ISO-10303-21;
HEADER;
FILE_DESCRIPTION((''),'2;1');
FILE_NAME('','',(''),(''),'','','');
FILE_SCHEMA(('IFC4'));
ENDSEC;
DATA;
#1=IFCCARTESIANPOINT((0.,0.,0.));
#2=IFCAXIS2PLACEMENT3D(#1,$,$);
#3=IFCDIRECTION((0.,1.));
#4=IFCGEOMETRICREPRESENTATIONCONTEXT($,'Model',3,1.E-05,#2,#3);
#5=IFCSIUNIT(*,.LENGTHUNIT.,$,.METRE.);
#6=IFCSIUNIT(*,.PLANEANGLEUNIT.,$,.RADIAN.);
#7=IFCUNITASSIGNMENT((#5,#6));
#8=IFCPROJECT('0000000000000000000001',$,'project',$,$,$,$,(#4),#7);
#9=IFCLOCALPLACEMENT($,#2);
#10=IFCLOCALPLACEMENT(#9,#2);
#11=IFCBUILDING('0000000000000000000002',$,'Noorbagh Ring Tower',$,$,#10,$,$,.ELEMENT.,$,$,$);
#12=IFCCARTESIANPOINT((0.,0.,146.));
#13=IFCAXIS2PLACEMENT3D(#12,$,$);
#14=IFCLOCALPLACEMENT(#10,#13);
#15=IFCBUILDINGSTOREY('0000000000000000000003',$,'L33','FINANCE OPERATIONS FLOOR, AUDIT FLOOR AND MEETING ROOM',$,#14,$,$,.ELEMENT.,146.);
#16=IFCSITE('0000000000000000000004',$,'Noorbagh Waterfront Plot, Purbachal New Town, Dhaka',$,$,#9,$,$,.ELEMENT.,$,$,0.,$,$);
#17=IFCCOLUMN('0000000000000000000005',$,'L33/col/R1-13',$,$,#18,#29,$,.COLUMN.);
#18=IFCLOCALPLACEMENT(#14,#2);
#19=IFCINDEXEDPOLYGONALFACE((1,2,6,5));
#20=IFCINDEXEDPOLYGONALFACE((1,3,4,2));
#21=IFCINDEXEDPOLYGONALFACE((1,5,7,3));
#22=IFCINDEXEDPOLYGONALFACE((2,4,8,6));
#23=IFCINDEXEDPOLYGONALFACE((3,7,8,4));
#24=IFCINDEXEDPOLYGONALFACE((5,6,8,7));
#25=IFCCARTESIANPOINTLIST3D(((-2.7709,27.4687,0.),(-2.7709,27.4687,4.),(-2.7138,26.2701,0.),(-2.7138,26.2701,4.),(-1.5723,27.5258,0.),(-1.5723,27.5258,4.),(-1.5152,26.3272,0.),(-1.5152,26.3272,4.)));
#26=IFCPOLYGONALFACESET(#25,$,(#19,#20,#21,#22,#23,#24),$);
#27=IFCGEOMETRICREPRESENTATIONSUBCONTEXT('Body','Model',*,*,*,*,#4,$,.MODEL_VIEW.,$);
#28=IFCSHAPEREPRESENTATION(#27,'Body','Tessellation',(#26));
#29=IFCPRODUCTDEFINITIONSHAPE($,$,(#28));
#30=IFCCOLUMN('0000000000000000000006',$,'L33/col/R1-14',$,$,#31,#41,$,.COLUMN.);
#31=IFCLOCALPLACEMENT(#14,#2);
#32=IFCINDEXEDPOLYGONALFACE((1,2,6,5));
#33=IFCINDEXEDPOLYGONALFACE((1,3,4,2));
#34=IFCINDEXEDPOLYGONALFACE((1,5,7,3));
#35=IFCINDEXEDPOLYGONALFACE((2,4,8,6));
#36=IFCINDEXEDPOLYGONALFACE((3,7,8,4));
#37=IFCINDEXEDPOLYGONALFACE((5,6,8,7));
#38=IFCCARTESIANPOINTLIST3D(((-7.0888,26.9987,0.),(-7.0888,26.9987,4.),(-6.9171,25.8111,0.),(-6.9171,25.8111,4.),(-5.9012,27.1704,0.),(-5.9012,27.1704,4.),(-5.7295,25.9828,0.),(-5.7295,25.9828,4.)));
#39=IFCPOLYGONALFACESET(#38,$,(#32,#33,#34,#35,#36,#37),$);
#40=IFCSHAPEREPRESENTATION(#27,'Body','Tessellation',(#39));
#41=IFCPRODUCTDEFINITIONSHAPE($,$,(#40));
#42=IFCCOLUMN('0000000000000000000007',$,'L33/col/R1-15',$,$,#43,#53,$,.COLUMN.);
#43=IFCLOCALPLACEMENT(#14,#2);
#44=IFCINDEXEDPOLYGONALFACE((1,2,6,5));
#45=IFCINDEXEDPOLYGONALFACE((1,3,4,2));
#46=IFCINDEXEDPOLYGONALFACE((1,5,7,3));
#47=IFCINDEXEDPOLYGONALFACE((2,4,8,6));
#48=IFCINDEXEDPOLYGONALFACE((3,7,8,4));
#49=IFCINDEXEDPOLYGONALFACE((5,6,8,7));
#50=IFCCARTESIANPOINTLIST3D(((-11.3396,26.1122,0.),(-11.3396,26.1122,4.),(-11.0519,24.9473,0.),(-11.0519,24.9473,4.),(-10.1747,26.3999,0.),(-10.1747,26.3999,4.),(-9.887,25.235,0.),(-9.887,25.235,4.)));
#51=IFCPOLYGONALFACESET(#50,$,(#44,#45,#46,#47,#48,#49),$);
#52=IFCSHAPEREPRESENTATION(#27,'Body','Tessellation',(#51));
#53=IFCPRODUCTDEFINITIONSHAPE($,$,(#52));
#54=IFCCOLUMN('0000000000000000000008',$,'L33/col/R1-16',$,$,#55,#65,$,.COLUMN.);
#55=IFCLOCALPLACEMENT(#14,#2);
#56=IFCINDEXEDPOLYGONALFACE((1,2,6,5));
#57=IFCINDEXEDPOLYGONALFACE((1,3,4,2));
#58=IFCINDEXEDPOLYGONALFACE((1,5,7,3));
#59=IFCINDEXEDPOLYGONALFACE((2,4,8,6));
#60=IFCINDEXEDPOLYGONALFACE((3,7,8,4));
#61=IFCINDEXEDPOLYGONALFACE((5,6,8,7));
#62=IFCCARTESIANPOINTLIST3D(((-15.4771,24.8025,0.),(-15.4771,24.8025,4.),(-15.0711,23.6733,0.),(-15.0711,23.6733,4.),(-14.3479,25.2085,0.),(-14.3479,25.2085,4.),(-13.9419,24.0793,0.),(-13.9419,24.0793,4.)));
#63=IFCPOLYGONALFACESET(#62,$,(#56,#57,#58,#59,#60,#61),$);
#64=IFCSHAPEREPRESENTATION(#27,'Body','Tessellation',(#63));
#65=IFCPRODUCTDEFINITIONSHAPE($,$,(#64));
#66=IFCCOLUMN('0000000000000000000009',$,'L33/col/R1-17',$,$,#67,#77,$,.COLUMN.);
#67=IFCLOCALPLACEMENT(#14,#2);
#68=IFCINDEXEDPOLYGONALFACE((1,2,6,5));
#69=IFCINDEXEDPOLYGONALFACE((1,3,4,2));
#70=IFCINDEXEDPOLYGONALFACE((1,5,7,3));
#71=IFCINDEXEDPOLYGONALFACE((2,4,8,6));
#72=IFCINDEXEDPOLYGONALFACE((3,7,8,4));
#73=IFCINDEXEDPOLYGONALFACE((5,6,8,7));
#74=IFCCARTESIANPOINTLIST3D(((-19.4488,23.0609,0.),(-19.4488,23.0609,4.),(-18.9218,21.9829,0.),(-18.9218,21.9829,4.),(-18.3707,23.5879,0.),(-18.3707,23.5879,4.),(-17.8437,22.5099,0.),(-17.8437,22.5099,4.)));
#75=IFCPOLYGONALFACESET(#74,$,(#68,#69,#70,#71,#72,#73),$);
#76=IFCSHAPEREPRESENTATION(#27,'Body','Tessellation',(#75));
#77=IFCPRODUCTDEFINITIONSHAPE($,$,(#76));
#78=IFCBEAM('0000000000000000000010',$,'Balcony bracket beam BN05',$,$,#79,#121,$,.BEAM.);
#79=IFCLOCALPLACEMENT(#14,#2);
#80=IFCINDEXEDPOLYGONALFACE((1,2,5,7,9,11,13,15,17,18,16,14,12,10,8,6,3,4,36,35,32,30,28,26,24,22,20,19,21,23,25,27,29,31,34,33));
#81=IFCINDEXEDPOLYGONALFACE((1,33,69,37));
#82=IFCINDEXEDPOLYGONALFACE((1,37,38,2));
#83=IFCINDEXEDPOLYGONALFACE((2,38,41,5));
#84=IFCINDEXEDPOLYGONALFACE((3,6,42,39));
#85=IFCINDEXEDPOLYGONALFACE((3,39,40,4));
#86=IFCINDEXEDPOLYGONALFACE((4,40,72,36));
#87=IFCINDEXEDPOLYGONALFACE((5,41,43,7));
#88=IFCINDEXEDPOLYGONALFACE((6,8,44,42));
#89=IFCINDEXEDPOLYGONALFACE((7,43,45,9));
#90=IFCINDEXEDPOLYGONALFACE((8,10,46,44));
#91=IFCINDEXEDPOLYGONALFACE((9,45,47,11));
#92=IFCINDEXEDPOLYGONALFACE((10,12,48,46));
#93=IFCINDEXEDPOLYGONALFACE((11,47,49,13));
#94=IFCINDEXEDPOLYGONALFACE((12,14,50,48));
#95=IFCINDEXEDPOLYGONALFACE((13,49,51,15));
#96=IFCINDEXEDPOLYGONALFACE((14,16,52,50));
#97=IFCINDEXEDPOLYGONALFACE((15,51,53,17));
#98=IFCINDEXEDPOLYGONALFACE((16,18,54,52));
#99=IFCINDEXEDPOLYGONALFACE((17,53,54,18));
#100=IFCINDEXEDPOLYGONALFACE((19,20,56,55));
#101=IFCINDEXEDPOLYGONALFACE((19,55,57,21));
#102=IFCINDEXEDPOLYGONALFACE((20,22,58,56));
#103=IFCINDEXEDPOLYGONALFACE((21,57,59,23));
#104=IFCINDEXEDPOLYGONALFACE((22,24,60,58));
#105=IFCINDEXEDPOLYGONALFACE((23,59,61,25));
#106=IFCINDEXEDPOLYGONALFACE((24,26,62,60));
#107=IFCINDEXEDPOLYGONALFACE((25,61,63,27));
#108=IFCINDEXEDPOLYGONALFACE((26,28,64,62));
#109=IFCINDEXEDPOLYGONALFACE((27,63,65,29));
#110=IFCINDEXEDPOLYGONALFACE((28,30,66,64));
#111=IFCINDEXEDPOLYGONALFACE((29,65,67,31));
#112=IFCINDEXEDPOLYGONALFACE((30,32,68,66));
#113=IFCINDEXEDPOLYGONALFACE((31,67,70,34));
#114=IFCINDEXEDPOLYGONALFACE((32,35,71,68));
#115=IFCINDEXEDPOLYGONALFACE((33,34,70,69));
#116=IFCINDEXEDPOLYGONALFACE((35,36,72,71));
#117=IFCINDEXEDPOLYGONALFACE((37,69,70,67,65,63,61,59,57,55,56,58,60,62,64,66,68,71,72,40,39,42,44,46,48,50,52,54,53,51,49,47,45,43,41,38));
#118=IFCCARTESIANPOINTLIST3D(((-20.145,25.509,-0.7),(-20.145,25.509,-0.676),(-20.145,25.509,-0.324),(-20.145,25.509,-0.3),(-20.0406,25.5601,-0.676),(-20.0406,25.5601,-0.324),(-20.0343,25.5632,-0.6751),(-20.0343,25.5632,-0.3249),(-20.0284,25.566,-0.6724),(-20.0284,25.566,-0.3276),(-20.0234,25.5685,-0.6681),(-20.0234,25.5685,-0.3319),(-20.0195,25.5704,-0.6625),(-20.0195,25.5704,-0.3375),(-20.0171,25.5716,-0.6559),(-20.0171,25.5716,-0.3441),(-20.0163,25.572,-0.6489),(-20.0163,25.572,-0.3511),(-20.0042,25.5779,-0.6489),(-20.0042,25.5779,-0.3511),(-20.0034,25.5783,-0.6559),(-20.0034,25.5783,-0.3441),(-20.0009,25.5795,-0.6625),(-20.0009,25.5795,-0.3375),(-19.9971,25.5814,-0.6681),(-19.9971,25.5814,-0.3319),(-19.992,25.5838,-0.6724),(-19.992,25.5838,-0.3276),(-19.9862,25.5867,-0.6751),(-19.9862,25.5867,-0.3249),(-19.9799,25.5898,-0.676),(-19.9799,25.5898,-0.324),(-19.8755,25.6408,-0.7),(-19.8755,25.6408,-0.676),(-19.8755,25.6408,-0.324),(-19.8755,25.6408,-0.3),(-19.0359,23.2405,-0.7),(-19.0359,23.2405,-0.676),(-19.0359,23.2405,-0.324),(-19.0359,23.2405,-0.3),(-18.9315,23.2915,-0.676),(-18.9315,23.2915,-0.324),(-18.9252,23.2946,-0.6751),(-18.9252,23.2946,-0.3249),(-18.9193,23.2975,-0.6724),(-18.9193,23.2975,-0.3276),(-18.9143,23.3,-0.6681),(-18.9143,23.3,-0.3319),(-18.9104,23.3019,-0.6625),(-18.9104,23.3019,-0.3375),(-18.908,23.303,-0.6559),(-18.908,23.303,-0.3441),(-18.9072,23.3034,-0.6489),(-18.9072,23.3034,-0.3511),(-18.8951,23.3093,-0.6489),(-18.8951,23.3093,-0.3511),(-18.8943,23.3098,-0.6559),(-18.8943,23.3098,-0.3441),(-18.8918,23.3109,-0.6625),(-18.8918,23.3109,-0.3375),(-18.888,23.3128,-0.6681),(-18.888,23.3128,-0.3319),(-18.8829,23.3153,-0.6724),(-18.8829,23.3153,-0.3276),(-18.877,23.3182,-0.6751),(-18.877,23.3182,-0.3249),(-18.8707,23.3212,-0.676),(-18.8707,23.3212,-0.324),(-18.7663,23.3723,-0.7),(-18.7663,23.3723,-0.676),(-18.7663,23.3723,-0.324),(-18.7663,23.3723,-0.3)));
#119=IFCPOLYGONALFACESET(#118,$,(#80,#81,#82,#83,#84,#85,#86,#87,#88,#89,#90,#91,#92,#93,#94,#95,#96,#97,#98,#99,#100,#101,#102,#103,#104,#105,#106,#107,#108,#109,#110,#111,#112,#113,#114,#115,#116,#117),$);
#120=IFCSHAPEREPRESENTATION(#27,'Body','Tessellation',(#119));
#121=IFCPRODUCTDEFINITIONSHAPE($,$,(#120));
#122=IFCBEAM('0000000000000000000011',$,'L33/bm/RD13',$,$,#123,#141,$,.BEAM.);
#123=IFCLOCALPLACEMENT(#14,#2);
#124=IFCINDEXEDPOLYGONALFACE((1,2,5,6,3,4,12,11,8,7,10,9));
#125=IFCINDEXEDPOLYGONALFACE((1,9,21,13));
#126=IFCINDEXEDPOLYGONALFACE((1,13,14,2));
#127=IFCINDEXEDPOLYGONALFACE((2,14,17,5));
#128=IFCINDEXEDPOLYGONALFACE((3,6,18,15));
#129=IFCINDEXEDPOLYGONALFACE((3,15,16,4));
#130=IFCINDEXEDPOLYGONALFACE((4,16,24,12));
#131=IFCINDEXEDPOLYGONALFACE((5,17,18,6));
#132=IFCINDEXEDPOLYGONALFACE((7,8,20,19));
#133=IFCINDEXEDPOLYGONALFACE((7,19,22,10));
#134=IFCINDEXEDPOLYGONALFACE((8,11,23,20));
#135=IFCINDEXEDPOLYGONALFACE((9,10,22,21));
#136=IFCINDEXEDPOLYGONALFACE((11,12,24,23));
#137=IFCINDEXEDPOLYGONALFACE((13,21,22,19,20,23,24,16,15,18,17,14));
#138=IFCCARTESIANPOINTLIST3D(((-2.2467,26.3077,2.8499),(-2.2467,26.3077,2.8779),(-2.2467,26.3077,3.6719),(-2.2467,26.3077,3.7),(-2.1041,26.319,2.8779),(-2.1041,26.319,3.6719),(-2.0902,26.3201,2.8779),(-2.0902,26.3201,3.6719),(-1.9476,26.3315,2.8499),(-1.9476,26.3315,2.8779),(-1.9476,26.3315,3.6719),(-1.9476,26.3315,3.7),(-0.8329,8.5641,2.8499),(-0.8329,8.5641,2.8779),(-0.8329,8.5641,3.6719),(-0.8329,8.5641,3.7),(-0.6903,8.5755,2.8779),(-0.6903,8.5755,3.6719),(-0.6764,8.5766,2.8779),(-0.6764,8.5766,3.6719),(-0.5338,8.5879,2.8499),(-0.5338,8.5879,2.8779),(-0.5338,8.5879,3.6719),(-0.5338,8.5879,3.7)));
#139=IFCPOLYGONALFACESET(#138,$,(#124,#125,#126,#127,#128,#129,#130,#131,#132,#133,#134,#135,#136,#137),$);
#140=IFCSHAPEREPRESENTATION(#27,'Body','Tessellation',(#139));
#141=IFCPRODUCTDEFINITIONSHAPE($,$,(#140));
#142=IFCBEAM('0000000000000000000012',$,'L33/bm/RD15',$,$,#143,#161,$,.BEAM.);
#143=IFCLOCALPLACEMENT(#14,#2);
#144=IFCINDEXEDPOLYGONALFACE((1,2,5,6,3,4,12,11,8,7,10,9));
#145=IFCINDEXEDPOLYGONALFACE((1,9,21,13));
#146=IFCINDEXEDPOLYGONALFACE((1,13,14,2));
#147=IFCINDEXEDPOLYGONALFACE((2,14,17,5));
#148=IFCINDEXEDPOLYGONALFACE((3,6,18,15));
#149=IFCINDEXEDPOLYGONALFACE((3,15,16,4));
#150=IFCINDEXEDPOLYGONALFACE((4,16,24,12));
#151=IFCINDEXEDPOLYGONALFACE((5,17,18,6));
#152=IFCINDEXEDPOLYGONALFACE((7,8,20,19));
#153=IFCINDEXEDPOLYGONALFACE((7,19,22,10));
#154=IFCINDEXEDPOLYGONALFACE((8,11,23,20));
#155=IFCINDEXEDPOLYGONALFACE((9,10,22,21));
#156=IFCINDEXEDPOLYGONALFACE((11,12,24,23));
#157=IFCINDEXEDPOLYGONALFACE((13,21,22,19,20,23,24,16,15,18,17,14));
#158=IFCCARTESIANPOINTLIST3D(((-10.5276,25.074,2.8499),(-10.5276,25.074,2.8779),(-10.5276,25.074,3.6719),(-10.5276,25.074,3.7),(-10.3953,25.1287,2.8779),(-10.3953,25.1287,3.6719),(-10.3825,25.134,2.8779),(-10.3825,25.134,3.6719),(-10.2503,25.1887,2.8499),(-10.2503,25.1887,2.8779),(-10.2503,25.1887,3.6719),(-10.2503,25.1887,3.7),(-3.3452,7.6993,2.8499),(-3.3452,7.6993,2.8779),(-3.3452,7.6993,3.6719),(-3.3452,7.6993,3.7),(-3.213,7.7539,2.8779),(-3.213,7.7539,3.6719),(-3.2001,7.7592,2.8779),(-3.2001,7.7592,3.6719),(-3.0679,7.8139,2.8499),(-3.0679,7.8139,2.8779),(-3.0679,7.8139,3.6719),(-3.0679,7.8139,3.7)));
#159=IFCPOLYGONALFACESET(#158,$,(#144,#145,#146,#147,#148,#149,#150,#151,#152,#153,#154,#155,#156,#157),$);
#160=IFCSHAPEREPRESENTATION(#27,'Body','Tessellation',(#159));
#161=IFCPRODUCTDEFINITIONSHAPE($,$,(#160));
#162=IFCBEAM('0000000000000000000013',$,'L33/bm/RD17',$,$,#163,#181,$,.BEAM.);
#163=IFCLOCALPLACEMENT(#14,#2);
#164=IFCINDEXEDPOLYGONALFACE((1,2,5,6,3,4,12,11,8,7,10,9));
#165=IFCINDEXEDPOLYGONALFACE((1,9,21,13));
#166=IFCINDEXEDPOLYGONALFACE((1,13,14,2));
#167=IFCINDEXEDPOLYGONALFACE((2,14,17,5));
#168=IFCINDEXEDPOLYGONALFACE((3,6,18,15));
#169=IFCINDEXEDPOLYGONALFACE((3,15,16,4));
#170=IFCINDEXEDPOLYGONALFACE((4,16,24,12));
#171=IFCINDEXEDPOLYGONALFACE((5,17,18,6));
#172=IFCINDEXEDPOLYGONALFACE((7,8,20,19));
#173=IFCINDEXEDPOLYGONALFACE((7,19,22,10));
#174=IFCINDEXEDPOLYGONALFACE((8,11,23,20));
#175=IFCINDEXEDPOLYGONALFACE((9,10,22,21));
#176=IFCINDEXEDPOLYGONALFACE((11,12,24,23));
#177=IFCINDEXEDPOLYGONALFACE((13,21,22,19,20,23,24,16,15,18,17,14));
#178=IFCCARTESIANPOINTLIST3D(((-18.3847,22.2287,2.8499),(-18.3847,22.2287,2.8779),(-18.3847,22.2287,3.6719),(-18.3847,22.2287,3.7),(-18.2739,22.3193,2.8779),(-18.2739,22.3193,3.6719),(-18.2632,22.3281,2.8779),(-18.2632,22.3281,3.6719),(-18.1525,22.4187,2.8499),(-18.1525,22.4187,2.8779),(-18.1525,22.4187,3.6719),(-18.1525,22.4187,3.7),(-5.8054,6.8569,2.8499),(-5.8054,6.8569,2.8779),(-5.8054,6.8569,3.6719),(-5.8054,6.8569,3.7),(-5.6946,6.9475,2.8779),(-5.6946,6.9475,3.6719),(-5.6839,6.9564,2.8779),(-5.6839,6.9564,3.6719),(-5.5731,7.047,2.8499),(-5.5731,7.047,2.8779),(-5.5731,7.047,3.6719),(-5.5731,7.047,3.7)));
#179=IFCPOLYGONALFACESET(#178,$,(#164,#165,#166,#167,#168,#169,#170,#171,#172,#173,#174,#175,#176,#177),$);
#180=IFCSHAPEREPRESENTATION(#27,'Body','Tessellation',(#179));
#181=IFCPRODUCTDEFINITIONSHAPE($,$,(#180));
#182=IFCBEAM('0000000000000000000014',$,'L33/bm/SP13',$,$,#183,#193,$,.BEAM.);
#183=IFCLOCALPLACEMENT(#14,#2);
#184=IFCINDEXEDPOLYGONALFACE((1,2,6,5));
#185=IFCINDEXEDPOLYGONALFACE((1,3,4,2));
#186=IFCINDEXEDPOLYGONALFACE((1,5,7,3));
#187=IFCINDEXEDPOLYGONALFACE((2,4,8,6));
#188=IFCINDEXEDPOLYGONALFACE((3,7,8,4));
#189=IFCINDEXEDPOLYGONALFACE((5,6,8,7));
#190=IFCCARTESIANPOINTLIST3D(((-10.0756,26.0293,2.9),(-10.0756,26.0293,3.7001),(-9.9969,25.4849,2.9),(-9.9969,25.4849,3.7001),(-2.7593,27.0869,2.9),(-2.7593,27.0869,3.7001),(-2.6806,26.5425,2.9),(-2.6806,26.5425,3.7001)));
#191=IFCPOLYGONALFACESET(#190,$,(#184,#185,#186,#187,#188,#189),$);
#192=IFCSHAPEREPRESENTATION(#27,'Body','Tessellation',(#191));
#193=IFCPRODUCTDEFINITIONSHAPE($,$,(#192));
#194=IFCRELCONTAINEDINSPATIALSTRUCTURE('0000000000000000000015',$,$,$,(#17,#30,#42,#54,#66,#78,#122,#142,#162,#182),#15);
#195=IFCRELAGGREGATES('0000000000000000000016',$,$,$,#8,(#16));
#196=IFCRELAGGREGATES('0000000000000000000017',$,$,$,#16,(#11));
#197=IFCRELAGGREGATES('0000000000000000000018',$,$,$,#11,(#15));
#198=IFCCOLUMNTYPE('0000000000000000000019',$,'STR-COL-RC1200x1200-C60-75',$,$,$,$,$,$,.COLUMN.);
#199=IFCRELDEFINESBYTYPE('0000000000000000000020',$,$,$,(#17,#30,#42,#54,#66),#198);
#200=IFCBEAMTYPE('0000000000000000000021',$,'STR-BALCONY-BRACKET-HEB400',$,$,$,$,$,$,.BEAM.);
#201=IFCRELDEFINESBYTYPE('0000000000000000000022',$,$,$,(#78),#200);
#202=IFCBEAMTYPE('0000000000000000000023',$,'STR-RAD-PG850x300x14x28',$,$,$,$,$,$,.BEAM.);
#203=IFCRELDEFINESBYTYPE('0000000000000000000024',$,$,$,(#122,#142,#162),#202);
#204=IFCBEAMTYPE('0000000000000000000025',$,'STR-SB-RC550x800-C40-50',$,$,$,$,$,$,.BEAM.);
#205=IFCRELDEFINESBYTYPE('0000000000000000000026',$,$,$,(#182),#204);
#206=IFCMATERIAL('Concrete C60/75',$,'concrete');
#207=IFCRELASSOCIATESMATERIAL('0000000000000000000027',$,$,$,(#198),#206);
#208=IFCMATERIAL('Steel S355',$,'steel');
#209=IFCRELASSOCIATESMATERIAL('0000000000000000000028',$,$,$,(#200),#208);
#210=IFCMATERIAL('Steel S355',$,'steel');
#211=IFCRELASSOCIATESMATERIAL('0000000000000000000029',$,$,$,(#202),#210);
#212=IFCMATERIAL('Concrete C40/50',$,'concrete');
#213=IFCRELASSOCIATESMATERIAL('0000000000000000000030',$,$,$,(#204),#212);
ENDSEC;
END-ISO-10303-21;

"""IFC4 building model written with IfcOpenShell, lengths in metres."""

from ifc_helpers import new_model, si_unit, direction, frame, origin, origin_2d, place, context, subcontext, project, spatial, rectangle, i_section, extrude, material, material_profile, profile_set, type_object, element, save


model = new_model("IFC4")

# Units and contexts
model_context = context("Model", 3, precision=1e-05, world=origin(), true_north=direction((0.0, 1.0)))
body_context = subcontext(model_context, "Body", "Model", "MODEL_VIEW")
ifc_project = project(units=[si_unit("LENGTHUNIT", "METRE"), si_unit("PLANEANGLEUNIT", "RADIAN")], contexts=[model_context])

# Site, building, storey
site_placement = place(None, origin())
site = spatial("IfcSite", under=ifc_project, at=site_placement, Name="Noorbagh Waterfront Plot, Purbachal New Town, Dhaka", CompositionType="ELEMENT", RefElevation=0.0)
building_placement = place(site_placement, origin())
building = spatial("IfcBuilding", under=site, at=building_placement, Name="Noorbagh Ring Tower", CompositionType="ELEMENT")
storey_placement = place(building_placement, frame((0.0, 0.0, 146.0)))
storey = spatial("IfcBuildingStorey", under=building, at=storey_placement, Name="L33", Description="FINANCE OPERATIONS FLOOR, AUDIT FLOOR AND MEETING ROOM", CompositionType="ELEMENT", Elevation=146.0)

# Columns
ifc_material_1 = material(Name="Concrete C60/75", Category="concrete")
ifc_material_profile_1 = material_profile(ifc_material_1, rectangle(XDim=1.2, YDim=1.2, at=origin_2d()), Name="RC1200x1200")
ifc_profile_set_1 = profile_set([ifc_material_profile_1], Name="Concrete C60/75")
column_type = type_object("IfcColumnType", Name="STR-COL-RC1200x1200-C60-75", PredefinedType="COLUMN", material=ifc_profile_set_1)
for number, where, z_axis, x_axis, name in (
    (1, (-2.1431, 26.8979, 0.0), (0.0, 0.0, 1.0), (-0.998869, -0.047553, 0.0), "L33/col/R1-13"),
    (2, (-6.4092, 26.4907, 0.0), (0.0, 0.0, 1.0), (-0.989713, -0.143066, 0.0), "L33/col/R1-14"),
    (3, (-10.6133, 25.6736, 0.0), (0.0, 0.0, 1.0), (-0.970829, -0.239771, 0.0), "L33/col/R1-15"),
    (4, (-14.7095, 24.4409, 0.0), (0.0, 0.0, 1.0), (-0.941025, -0.338338, 0.0), "L33/col/R1-16"),
    (5, (-18.6462, 22.7854, 0.0), (0.0, 0.0, 1.0), (-0.898399, -0.43918, 0.0), "L33/col/R1-17"),
):
    element("IfcColumn", number, at=place(storey_placement, frame(where, z_axis=z_axis, x_axis=x_axis)), inside=storey, type_object=column_type, Name=name, PredefinedType="COLUMN", context=body_context, shape_type="SweptSolid", body=[
        extrude(rectangle(XDim=1.2, YDim=1.2, at=origin_2d()), origin(), (0.0, 0.0, 1.0), 4.0),
    ])

# Beams
ifc_material_2 = material(Name="Steel S355", Category="steel")
ifc_material_profile_2 = material_profile(ifc_material_2, i_section(OverallWidth=0.3, OverallDepth=0.3999, WebThickness=0.0134, FlangeThickness=0.0239, FilletRadius=0.0271, at=origin_2d()), Name="HEB400")
ifc_profile_set_2 = profile_set([ifc_material_profile_2], Name="Steel S355")
beam_type_1 = type_object("IfcBeamType", Name="STR-BALCONY-BRACKET-HEB400", PredefinedType="BEAM", material=ifc_profile_set_2)
beam_1_placement = place(storey_placement, frame((-18.9011, 23.3064, -0.5), z_axis=(-0.439229, 0.898375, 0.0), x_axis=(-0.898375, -0.439229, 0.0)))
element("IfcBeam", 6, at=beam_1_placement, inside=storey, type_object=beam_type_1, Name="Balcony bracket beam BN05", PredefinedType="BEAM", context=body_context, shape_type="SweptSolid", body=[
    extrude(i_section(OverallWidth=0.3, OverallDepth=0.3999, WebThickness=0.0134, FlangeThickness=0.0239, FilletRadius=0.0271, at=origin_2d()), origin(), (0.0, 0.0, 1.0), 2.5251),
])
ifc_material_3 = material(Name="Steel S355", Category="steel")
ifc_material_profile_3 = material_profile(ifc_material_3, i_section(OverallWidth=0.3, OverallDepth=0.8501, WebThickness=0.0139, FlangeThickness=0.0281, at=origin_2d()), Name="PG850x300x14x28")
ifc_profile_set_3 = profile_set([ifc_material_profile_3], Name="Steel S355")
beam_type_2 = type_object("IfcBeamType", Name="STR-RAD-PG850x300x14x28", PredefinedType="BEAM", material=ifc_profile_set_3)
beam_2_placement = place(storey_placement, frame((-2.0972, 26.3196, 3.2749), z_axis=(0.079428, -0.996841, 0.0), x_axis=(0.996841, 0.079428, 0.0)))
element("IfcBeam", 7, at=beam_2_placement, inside=storey, type_object=beam_type_2, Name="L33/bm/RD13", PredefinedType="BEAM", context=body_context, shape_type="SweptSolid", body=[
    extrude(i_section(OverallWidth=0.3, OverallDepth=0.8501, WebThickness=0.0139, FlangeThickness=0.0281, at=origin_2d()), origin(), (0.0, 0.0, 1.0), 17.7998),
])
beam_3_placement = place(storey_placement, frame((-10.3889, 25.1313, 3.2749), z_axis=(0.382026, -0.924152, 0.0), x_axis=(0.924152, 0.382026, 0.0)))
element("IfcBeam", 8, at=beam_3_placement, inside=storey, type_object=beam_type_2, Name="L33/bm/RD15", PredefinedType="BEAM", context=body_context, shape_type="SweptSolid", body=[
    extrude(i_section(OverallWidth=0.3, OverallDepth=0.8501, WebThickness=0.0139, FlangeThickness=0.0281, at=origin_2d()), origin(), (0.0, 0.0, 1.0), 18.8008),
])
beam_4_placement = place(storey_placement, frame((-18.2686, 22.3237, 3.2749), z_axis=(0.63331, -0.773898, 0.0), x_axis=(0.773898, 0.63331, 0.0)))
element("IfcBeam", 9, at=beam_4_placement, inside=storey, type_object=beam_type_2, Name="L33/bm/RD17", PredefinedType="BEAM", context=body_context, shape_type="SweptSolid", body=[
    extrude(i_section(OverallWidth=0.3, OverallDepth=0.8501, WebThickness=0.0139, FlangeThickness=0.0281, at=origin_2d()), origin(), (0.0, 0.0, 1.0), 19.8628),
])
ifc_material_4 = material(Name="Concrete C40/50", Category="concrete")
ifc_material_profile_4 = material_profile(ifc_material_4, rectangle(XDim=0.55, YDim=0.8, at=origin_2d()), Name="RC550x800")
ifc_profile_set_4 = profile_set([ifc_material_profile_4], Name="Concrete C40/50")
beam_type_3 = type_object("IfcBeamType", Name="STR-SB-RC550x800-C40-50", PredefinedType="BEAM", material=ifc_profile_set_4)
beam_5_placement = place(storey_placement, frame((-2.72, 26.8147, 3.3), z_axis=(-0.989713, -0.143067, 0.0), x_axis=(0.143067, -0.989713, 0.0)))
element("IfcBeam", 10, at=beam_5_placement, inside=storey, type_object=beam_type_3, Name="L33/bm/SP13", PredefinedType="BEAM", context=body_context, shape_type="SweptSolid", body=[
    extrude(rectangle(XDim=0.55, YDim=0.8, at=origin_2d()), origin(), (0.0, 0.0, 1.0), 7.3923),
])

save(model, "model.ifc")
